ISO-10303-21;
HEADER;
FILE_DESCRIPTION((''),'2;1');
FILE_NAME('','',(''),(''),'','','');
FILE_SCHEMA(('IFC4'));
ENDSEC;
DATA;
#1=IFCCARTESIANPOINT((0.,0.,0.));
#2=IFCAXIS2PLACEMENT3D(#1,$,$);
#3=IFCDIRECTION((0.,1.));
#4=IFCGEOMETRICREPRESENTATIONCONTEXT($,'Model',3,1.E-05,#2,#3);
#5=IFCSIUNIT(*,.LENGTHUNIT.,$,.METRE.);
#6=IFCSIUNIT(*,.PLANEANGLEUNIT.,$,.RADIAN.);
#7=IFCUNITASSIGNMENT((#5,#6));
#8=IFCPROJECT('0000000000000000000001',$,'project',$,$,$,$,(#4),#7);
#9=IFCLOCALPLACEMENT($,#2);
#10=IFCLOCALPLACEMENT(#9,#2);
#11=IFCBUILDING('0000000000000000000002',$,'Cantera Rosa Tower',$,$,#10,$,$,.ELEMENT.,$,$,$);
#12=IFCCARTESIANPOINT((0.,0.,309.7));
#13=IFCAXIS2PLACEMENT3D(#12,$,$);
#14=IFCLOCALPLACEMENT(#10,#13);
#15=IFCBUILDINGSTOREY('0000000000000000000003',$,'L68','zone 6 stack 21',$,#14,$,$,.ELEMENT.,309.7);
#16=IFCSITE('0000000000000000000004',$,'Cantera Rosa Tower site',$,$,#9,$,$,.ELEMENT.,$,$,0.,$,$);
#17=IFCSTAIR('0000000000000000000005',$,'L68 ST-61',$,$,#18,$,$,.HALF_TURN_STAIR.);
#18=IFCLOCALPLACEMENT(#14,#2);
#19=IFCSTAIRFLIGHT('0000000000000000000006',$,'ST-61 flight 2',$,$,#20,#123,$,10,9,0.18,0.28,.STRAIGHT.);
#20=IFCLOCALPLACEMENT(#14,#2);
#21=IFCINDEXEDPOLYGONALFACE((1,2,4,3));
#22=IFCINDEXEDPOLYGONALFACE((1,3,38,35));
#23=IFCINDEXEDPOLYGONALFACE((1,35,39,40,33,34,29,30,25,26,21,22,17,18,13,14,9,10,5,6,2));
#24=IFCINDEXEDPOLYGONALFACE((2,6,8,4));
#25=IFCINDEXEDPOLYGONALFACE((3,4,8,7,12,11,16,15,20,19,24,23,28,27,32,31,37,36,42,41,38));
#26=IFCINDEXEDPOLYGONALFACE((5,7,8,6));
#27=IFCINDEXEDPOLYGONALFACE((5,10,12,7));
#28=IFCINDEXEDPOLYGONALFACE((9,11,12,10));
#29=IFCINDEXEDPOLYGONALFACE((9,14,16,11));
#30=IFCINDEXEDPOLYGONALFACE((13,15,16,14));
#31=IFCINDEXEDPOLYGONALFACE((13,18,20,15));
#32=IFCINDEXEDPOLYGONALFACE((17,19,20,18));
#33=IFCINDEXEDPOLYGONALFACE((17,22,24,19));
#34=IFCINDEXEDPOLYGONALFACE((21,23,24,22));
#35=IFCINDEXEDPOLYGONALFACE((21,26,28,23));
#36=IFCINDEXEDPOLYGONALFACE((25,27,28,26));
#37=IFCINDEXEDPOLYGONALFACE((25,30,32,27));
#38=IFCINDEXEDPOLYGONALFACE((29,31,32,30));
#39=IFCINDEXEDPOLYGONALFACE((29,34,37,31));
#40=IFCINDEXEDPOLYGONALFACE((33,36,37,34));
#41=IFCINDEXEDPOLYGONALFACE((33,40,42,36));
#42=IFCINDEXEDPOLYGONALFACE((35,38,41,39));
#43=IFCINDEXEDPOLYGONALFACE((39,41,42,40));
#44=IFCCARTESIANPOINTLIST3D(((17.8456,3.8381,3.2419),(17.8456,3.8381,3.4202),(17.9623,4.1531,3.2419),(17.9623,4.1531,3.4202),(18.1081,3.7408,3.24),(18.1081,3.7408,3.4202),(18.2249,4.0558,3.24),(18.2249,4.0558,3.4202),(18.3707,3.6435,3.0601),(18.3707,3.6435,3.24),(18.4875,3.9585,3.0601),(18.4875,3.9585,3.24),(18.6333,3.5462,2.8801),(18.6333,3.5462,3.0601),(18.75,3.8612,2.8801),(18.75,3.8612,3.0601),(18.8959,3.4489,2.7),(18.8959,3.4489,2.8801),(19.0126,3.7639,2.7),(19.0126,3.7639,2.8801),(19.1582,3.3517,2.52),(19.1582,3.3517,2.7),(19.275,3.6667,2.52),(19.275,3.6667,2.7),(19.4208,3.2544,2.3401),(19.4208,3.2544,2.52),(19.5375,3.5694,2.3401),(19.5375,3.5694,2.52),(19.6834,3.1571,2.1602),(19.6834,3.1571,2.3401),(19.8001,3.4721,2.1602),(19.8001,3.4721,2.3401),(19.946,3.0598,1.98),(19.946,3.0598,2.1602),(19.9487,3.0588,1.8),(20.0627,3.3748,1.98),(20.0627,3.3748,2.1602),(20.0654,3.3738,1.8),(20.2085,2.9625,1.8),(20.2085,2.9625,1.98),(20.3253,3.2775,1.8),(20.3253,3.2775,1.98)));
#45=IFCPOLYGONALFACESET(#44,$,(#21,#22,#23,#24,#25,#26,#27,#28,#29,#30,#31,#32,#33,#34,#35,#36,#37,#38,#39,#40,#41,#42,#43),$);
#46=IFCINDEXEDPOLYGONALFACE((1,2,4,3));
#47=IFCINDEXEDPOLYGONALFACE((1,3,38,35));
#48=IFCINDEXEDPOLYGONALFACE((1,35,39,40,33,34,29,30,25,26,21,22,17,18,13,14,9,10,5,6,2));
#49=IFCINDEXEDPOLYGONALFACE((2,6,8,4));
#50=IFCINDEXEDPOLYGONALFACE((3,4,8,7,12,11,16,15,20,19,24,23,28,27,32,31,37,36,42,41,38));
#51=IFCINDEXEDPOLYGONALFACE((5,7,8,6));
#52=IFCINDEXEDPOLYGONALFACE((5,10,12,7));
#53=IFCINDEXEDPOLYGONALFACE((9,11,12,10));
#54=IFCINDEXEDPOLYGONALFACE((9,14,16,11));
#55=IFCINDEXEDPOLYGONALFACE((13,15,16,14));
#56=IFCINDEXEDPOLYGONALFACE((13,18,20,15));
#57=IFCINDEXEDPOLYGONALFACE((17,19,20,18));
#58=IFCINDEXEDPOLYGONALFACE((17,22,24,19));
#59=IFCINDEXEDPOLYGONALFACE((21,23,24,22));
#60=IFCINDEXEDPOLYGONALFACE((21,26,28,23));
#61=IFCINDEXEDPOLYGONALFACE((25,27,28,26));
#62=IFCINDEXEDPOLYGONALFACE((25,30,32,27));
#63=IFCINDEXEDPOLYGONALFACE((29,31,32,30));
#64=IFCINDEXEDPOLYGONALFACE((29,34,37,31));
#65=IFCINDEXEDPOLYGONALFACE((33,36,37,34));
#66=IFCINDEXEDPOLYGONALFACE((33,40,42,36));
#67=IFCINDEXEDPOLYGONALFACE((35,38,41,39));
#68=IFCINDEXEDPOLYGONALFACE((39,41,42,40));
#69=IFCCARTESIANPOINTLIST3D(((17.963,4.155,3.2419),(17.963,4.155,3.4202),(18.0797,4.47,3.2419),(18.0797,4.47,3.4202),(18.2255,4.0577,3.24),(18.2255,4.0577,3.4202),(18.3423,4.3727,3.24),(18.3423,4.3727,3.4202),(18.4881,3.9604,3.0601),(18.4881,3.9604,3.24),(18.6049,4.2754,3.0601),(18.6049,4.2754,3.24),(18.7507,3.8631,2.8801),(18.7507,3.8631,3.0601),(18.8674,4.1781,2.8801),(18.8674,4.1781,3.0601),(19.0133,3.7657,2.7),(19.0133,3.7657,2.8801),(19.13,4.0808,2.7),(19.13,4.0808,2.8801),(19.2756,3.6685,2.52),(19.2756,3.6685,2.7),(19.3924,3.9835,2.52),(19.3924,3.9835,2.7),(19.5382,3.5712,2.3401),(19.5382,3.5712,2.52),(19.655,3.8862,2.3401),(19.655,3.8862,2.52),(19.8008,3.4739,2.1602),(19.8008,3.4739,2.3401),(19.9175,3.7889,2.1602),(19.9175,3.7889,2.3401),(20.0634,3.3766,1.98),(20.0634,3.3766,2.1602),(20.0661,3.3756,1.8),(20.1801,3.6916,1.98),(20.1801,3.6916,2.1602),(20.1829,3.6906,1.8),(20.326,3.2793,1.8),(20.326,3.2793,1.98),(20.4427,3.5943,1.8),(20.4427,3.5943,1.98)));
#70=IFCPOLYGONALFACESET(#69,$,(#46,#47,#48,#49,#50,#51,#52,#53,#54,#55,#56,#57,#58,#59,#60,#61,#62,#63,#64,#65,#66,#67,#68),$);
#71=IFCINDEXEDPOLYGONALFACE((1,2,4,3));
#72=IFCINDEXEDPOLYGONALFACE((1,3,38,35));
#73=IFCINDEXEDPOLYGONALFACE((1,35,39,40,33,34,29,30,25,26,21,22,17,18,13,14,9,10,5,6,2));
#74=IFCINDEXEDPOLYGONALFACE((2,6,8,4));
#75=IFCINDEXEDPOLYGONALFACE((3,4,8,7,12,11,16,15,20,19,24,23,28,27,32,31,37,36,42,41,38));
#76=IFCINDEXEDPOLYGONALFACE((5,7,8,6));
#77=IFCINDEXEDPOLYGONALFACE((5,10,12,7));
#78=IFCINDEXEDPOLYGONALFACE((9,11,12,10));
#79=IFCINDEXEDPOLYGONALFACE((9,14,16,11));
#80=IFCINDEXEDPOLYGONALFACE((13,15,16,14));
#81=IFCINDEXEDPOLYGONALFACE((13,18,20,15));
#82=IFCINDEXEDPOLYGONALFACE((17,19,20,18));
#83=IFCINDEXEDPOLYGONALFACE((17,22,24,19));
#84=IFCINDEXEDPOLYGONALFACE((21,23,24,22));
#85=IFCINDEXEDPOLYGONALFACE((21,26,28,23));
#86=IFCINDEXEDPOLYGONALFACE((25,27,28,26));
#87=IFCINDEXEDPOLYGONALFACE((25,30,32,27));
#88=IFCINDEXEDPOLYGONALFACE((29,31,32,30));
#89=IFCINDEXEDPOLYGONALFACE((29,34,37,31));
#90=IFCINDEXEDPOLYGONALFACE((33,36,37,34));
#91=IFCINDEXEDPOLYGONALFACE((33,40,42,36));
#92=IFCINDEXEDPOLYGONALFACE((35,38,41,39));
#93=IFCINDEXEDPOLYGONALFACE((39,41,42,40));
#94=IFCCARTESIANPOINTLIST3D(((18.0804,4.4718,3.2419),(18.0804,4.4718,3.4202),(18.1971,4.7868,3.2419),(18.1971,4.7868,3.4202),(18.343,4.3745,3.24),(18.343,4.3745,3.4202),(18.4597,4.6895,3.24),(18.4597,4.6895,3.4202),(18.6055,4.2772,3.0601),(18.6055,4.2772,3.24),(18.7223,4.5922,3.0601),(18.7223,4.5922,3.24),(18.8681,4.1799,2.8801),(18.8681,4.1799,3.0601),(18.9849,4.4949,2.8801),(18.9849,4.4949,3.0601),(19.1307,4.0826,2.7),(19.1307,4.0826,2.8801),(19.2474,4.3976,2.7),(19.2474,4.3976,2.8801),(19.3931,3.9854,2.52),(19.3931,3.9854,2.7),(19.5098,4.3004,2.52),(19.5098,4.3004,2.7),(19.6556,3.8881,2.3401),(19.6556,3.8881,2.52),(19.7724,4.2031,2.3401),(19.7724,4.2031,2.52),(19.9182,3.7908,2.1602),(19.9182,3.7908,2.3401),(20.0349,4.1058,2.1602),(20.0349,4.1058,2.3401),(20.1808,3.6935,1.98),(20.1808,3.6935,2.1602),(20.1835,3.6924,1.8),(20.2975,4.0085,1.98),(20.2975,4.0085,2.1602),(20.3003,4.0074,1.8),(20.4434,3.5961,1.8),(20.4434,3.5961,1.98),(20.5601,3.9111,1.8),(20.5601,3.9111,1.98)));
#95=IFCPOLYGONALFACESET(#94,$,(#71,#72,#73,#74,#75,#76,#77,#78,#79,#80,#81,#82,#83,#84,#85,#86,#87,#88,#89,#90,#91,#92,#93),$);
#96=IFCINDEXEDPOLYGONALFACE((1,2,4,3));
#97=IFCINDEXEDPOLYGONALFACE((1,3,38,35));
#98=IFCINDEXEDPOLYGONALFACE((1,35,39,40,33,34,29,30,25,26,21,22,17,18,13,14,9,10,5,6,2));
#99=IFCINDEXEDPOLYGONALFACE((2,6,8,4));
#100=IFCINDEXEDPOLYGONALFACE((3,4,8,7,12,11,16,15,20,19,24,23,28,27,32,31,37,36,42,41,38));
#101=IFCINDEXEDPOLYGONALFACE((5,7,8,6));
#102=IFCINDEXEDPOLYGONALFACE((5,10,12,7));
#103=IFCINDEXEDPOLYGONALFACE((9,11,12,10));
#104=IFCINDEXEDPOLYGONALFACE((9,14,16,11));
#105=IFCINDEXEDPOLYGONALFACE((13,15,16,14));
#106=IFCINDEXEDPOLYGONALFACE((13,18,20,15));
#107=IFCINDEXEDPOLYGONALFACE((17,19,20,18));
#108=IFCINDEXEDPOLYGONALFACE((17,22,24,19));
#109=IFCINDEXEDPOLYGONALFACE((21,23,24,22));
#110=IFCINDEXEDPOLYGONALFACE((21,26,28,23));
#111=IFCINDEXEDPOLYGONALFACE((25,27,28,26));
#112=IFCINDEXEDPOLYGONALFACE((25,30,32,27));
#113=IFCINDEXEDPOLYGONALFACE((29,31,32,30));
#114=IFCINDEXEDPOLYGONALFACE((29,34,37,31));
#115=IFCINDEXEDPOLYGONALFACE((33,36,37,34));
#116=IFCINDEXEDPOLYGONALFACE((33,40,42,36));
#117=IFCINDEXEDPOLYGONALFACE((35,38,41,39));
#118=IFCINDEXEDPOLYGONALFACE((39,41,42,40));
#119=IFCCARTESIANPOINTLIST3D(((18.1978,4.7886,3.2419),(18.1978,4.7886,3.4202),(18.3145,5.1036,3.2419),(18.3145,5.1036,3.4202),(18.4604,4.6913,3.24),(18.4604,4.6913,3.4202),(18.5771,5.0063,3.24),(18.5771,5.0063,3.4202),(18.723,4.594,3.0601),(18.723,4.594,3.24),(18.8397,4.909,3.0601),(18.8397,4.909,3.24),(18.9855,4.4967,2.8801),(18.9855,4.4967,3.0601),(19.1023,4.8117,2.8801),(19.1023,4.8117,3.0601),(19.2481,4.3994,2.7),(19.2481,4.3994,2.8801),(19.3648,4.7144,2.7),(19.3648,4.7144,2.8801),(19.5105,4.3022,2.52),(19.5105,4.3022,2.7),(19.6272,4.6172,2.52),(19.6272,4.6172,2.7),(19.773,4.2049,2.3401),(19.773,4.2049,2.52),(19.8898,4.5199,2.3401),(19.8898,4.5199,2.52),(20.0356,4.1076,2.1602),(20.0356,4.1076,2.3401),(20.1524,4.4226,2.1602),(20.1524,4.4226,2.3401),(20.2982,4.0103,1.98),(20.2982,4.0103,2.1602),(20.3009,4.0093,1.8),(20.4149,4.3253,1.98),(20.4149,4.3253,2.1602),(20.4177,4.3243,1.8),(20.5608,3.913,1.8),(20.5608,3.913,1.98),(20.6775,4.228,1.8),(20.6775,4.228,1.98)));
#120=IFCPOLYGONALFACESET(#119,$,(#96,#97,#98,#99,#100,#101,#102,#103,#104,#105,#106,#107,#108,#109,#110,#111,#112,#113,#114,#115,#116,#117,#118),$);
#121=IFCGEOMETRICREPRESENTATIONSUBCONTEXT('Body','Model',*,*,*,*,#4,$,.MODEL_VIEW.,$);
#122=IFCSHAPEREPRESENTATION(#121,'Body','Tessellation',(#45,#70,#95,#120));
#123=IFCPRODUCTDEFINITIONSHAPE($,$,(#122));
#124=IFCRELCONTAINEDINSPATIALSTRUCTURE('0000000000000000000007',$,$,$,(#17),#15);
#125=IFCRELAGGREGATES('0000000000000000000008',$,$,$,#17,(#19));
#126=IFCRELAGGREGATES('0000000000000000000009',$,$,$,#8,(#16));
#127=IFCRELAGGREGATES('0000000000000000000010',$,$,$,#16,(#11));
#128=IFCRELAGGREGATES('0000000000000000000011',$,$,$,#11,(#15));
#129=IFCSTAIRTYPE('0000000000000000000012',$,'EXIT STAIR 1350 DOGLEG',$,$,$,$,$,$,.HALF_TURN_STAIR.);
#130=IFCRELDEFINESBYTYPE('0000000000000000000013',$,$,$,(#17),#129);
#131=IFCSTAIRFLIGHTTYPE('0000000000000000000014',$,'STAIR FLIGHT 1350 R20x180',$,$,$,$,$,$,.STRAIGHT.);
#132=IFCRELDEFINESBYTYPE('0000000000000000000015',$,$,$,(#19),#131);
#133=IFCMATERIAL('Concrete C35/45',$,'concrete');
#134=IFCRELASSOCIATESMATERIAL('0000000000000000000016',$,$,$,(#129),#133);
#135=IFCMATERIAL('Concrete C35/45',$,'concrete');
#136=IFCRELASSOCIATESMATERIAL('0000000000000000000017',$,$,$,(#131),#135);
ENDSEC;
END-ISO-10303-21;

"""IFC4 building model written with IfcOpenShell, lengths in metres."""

from ifc_helpers import new_model, si_unit, direction, frame, origin, place, context, subcontext, project, spatial, polyline, outline, extrude, material, type_object, element, aggregate, save


model = new_model("IFC4")

# Units and contexts
model_context = context("Model", 3, precision=1e-05, world=origin(), true_north=direction((0.0, 1.0)))
body_context = subcontext(model_context, "Body", "Model", "MODEL_VIEW")
ifc_project = project(units=[si_unit("LENGTHUNIT", "METRE"), si_unit("PLANEANGLEUNIT", "RADIAN")], contexts=[model_context])

# Site, building, storey
site_placement = place(None, origin())
site = spatial("IfcSite", under=ifc_project, at=site_placement, Name="Cantera Rosa Tower site", CompositionType="ELEMENT", RefElevation=0.0)
building_placement = place(site_placement, origin())
building = spatial("IfcBuilding", under=site, at=building_placement, Name="Cantera Rosa Tower", CompositionType="ELEMENT")
storey_placement = place(building_placement, frame((0.0, 0.0, 309.7)))
storey = spatial("IfcBuildingStorey", under=building, at=storey_placement, Name="L68", Description="zone 6 stack 21", CompositionType="ELEMENT", Elevation=309.7)

# Stair, stair flight
ifc_material_1 = material(Name="Concrete C35/45", Category="concrete")
stair_type = type_object("IfcStairType", Name="EXIT STAIR 1350 DOGLEG", PredefinedType="HALF_TURN_STAIR", material=ifc_material_1)
stair_placement = place(storey_placement, origin())
stair = element("IfcStair", 1, at=stair_placement, inside=storey, type_object=stair_type, Name="L68 ST-61", PredefinedType="HALF_TURN_STAIR")
ifc_material_2 = material(Name="Concrete C35/45", Category="concrete")
stair_flight_type = type_object("IfcStairFlightType", Name="STAIR FLIGHT 1350 R20x180", PredefinedType="STRAIGHT", material=ifc_material_2)
stair_flight_1_placement = place(storey_placement, frame((20.4431, 3.5955, 1.8), z_axis=(0.0, 0.0, 1.0), x_axis=(-0.937687, 0.347481, 0.0)))
stair_flight_1 = element("IfcStairFlight", 2, at=stair_flight_1_placement, type_object=stair_flight_type, Name="ST-61 flight 2", NumberOfRisers=10, NumberOfTreads=9, PredefinedType="STRAIGHT", RiserHeight=0.18, TreadLength=0.28, context=body_context, shape_type="SweptSolid", body=[
    extrude(outline(polyline([(0.0, 0.0), (0.0, 0.1799), (0.28, 0.1799), (0.28, 0.3601), (0.5601, 0.3601), (0.5601, 0.54), (0.8401, 0.54), (0.8401, 0.72), (1.1201, 0.72), (1.1201, 0.8999), (1.3999, 0.8999), (1.3999, 1.0801), (1.6799, 1.0801), (1.6799, 1.26), (1.96, 1.26), (1.96, 1.4399), (2.24, 1.4399), (2.24, 1.6201), (2.52, 1.6201), (2.52, 1.8), (2.52, 1.4419), (0.2771, 0.0), (0.0, 0.0)])), frame((0.0, 0.675, 0.0), z_axis=(0.0, -1.0, 0.0), x_axis=(1.0, 0.0, 0.0)), (0.0, 0.0, 1.0), 0.3359),
    extrude(outline(polyline([(0.0, 0.0), (0.0, 0.1799), (0.28, 0.1799), (0.28, 0.3601), (0.5601, 0.3601), (0.5601, 0.54), (0.8401, 0.54), (0.8401, 0.72), (1.1201, 0.72), (1.1201, 0.8999), (1.3999, 0.8999), (1.3999, 1.0801), (1.6799, 1.0801), (1.6799, 1.26), (1.96, 1.26), (1.96, 1.4399), (2.24, 1.4399), (2.24, 1.6201), (2.52, 1.6201), (2.52, 1.8), (2.52, 1.4419), (0.2771, 0.0), (0.0, 0.0)])), frame((0.0, 0.3372, 0.0), z_axis=(0.0, -1.0, 0.0), x_axis=(1.0, 0.0, 0.0)), (0.0, 0.0, 1.0), 0.3359),
    extrude(outline(polyline([(0.0, 0.0), (0.0, 0.1799), (0.28, 0.1799), (0.28, 0.3601), (0.5601, 0.3601), (0.5601, 0.54), (0.8401, 0.54), (0.8401, 0.72), (1.1201, 0.72), (1.1201, 0.8999), (1.3999, 0.8999), (1.3999, 1.0801), (1.6799, 1.0801), (1.6799, 1.26), (1.96, 1.26), (1.96, 1.4399), (2.24, 1.4399), (2.24, 1.6201), (2.52, 1.6201), (2.52, 1.8), (2.52, 1.4419), (0.2771, 0.0), (0.0, 0.0)])), frame((0.0, -0.0007, 0.0), z_axis=(0.0, -1.0, 0.0), x_axis=(1.0, 0.0, 0.0)), (0.0, 0.0, 1.0), 0.3359),
    extrude(outline(polyline([(0.0, 0.0), (0.0, 0.1799), (0.28, 0.1799), (0.28, 0.3601), (0.5601, 0.3601), (0.5601, 0.54), (0.8401, 0.54), (0.8401, 0.72), (1.1201, 0.72), (1.1201, 0.8999), (1.3999, 0.8999), (1.3999, 1.0801), (1.6799, 1.0801), (1.6799, 1.26), (1.96, 1.26), (1.96, 1.4399), (2.24, 1.4399), (2.24, 1.6201), (2.52, 1.6201), (2.52, 1.8), (2.52, 1.4419), (0.2771, 0.0), (0.0, 0.0)])), frame((0.0, -0.3386, 0.0), z_axis=(0.0, -1.0, 0.0), x_axis=(1.0, 0.0, 0.0)), (0.0, 0.0, 1.0), 0.3359),
])
aggregate(stair, [stair_flight_1])

save(model, "model.ifc")
